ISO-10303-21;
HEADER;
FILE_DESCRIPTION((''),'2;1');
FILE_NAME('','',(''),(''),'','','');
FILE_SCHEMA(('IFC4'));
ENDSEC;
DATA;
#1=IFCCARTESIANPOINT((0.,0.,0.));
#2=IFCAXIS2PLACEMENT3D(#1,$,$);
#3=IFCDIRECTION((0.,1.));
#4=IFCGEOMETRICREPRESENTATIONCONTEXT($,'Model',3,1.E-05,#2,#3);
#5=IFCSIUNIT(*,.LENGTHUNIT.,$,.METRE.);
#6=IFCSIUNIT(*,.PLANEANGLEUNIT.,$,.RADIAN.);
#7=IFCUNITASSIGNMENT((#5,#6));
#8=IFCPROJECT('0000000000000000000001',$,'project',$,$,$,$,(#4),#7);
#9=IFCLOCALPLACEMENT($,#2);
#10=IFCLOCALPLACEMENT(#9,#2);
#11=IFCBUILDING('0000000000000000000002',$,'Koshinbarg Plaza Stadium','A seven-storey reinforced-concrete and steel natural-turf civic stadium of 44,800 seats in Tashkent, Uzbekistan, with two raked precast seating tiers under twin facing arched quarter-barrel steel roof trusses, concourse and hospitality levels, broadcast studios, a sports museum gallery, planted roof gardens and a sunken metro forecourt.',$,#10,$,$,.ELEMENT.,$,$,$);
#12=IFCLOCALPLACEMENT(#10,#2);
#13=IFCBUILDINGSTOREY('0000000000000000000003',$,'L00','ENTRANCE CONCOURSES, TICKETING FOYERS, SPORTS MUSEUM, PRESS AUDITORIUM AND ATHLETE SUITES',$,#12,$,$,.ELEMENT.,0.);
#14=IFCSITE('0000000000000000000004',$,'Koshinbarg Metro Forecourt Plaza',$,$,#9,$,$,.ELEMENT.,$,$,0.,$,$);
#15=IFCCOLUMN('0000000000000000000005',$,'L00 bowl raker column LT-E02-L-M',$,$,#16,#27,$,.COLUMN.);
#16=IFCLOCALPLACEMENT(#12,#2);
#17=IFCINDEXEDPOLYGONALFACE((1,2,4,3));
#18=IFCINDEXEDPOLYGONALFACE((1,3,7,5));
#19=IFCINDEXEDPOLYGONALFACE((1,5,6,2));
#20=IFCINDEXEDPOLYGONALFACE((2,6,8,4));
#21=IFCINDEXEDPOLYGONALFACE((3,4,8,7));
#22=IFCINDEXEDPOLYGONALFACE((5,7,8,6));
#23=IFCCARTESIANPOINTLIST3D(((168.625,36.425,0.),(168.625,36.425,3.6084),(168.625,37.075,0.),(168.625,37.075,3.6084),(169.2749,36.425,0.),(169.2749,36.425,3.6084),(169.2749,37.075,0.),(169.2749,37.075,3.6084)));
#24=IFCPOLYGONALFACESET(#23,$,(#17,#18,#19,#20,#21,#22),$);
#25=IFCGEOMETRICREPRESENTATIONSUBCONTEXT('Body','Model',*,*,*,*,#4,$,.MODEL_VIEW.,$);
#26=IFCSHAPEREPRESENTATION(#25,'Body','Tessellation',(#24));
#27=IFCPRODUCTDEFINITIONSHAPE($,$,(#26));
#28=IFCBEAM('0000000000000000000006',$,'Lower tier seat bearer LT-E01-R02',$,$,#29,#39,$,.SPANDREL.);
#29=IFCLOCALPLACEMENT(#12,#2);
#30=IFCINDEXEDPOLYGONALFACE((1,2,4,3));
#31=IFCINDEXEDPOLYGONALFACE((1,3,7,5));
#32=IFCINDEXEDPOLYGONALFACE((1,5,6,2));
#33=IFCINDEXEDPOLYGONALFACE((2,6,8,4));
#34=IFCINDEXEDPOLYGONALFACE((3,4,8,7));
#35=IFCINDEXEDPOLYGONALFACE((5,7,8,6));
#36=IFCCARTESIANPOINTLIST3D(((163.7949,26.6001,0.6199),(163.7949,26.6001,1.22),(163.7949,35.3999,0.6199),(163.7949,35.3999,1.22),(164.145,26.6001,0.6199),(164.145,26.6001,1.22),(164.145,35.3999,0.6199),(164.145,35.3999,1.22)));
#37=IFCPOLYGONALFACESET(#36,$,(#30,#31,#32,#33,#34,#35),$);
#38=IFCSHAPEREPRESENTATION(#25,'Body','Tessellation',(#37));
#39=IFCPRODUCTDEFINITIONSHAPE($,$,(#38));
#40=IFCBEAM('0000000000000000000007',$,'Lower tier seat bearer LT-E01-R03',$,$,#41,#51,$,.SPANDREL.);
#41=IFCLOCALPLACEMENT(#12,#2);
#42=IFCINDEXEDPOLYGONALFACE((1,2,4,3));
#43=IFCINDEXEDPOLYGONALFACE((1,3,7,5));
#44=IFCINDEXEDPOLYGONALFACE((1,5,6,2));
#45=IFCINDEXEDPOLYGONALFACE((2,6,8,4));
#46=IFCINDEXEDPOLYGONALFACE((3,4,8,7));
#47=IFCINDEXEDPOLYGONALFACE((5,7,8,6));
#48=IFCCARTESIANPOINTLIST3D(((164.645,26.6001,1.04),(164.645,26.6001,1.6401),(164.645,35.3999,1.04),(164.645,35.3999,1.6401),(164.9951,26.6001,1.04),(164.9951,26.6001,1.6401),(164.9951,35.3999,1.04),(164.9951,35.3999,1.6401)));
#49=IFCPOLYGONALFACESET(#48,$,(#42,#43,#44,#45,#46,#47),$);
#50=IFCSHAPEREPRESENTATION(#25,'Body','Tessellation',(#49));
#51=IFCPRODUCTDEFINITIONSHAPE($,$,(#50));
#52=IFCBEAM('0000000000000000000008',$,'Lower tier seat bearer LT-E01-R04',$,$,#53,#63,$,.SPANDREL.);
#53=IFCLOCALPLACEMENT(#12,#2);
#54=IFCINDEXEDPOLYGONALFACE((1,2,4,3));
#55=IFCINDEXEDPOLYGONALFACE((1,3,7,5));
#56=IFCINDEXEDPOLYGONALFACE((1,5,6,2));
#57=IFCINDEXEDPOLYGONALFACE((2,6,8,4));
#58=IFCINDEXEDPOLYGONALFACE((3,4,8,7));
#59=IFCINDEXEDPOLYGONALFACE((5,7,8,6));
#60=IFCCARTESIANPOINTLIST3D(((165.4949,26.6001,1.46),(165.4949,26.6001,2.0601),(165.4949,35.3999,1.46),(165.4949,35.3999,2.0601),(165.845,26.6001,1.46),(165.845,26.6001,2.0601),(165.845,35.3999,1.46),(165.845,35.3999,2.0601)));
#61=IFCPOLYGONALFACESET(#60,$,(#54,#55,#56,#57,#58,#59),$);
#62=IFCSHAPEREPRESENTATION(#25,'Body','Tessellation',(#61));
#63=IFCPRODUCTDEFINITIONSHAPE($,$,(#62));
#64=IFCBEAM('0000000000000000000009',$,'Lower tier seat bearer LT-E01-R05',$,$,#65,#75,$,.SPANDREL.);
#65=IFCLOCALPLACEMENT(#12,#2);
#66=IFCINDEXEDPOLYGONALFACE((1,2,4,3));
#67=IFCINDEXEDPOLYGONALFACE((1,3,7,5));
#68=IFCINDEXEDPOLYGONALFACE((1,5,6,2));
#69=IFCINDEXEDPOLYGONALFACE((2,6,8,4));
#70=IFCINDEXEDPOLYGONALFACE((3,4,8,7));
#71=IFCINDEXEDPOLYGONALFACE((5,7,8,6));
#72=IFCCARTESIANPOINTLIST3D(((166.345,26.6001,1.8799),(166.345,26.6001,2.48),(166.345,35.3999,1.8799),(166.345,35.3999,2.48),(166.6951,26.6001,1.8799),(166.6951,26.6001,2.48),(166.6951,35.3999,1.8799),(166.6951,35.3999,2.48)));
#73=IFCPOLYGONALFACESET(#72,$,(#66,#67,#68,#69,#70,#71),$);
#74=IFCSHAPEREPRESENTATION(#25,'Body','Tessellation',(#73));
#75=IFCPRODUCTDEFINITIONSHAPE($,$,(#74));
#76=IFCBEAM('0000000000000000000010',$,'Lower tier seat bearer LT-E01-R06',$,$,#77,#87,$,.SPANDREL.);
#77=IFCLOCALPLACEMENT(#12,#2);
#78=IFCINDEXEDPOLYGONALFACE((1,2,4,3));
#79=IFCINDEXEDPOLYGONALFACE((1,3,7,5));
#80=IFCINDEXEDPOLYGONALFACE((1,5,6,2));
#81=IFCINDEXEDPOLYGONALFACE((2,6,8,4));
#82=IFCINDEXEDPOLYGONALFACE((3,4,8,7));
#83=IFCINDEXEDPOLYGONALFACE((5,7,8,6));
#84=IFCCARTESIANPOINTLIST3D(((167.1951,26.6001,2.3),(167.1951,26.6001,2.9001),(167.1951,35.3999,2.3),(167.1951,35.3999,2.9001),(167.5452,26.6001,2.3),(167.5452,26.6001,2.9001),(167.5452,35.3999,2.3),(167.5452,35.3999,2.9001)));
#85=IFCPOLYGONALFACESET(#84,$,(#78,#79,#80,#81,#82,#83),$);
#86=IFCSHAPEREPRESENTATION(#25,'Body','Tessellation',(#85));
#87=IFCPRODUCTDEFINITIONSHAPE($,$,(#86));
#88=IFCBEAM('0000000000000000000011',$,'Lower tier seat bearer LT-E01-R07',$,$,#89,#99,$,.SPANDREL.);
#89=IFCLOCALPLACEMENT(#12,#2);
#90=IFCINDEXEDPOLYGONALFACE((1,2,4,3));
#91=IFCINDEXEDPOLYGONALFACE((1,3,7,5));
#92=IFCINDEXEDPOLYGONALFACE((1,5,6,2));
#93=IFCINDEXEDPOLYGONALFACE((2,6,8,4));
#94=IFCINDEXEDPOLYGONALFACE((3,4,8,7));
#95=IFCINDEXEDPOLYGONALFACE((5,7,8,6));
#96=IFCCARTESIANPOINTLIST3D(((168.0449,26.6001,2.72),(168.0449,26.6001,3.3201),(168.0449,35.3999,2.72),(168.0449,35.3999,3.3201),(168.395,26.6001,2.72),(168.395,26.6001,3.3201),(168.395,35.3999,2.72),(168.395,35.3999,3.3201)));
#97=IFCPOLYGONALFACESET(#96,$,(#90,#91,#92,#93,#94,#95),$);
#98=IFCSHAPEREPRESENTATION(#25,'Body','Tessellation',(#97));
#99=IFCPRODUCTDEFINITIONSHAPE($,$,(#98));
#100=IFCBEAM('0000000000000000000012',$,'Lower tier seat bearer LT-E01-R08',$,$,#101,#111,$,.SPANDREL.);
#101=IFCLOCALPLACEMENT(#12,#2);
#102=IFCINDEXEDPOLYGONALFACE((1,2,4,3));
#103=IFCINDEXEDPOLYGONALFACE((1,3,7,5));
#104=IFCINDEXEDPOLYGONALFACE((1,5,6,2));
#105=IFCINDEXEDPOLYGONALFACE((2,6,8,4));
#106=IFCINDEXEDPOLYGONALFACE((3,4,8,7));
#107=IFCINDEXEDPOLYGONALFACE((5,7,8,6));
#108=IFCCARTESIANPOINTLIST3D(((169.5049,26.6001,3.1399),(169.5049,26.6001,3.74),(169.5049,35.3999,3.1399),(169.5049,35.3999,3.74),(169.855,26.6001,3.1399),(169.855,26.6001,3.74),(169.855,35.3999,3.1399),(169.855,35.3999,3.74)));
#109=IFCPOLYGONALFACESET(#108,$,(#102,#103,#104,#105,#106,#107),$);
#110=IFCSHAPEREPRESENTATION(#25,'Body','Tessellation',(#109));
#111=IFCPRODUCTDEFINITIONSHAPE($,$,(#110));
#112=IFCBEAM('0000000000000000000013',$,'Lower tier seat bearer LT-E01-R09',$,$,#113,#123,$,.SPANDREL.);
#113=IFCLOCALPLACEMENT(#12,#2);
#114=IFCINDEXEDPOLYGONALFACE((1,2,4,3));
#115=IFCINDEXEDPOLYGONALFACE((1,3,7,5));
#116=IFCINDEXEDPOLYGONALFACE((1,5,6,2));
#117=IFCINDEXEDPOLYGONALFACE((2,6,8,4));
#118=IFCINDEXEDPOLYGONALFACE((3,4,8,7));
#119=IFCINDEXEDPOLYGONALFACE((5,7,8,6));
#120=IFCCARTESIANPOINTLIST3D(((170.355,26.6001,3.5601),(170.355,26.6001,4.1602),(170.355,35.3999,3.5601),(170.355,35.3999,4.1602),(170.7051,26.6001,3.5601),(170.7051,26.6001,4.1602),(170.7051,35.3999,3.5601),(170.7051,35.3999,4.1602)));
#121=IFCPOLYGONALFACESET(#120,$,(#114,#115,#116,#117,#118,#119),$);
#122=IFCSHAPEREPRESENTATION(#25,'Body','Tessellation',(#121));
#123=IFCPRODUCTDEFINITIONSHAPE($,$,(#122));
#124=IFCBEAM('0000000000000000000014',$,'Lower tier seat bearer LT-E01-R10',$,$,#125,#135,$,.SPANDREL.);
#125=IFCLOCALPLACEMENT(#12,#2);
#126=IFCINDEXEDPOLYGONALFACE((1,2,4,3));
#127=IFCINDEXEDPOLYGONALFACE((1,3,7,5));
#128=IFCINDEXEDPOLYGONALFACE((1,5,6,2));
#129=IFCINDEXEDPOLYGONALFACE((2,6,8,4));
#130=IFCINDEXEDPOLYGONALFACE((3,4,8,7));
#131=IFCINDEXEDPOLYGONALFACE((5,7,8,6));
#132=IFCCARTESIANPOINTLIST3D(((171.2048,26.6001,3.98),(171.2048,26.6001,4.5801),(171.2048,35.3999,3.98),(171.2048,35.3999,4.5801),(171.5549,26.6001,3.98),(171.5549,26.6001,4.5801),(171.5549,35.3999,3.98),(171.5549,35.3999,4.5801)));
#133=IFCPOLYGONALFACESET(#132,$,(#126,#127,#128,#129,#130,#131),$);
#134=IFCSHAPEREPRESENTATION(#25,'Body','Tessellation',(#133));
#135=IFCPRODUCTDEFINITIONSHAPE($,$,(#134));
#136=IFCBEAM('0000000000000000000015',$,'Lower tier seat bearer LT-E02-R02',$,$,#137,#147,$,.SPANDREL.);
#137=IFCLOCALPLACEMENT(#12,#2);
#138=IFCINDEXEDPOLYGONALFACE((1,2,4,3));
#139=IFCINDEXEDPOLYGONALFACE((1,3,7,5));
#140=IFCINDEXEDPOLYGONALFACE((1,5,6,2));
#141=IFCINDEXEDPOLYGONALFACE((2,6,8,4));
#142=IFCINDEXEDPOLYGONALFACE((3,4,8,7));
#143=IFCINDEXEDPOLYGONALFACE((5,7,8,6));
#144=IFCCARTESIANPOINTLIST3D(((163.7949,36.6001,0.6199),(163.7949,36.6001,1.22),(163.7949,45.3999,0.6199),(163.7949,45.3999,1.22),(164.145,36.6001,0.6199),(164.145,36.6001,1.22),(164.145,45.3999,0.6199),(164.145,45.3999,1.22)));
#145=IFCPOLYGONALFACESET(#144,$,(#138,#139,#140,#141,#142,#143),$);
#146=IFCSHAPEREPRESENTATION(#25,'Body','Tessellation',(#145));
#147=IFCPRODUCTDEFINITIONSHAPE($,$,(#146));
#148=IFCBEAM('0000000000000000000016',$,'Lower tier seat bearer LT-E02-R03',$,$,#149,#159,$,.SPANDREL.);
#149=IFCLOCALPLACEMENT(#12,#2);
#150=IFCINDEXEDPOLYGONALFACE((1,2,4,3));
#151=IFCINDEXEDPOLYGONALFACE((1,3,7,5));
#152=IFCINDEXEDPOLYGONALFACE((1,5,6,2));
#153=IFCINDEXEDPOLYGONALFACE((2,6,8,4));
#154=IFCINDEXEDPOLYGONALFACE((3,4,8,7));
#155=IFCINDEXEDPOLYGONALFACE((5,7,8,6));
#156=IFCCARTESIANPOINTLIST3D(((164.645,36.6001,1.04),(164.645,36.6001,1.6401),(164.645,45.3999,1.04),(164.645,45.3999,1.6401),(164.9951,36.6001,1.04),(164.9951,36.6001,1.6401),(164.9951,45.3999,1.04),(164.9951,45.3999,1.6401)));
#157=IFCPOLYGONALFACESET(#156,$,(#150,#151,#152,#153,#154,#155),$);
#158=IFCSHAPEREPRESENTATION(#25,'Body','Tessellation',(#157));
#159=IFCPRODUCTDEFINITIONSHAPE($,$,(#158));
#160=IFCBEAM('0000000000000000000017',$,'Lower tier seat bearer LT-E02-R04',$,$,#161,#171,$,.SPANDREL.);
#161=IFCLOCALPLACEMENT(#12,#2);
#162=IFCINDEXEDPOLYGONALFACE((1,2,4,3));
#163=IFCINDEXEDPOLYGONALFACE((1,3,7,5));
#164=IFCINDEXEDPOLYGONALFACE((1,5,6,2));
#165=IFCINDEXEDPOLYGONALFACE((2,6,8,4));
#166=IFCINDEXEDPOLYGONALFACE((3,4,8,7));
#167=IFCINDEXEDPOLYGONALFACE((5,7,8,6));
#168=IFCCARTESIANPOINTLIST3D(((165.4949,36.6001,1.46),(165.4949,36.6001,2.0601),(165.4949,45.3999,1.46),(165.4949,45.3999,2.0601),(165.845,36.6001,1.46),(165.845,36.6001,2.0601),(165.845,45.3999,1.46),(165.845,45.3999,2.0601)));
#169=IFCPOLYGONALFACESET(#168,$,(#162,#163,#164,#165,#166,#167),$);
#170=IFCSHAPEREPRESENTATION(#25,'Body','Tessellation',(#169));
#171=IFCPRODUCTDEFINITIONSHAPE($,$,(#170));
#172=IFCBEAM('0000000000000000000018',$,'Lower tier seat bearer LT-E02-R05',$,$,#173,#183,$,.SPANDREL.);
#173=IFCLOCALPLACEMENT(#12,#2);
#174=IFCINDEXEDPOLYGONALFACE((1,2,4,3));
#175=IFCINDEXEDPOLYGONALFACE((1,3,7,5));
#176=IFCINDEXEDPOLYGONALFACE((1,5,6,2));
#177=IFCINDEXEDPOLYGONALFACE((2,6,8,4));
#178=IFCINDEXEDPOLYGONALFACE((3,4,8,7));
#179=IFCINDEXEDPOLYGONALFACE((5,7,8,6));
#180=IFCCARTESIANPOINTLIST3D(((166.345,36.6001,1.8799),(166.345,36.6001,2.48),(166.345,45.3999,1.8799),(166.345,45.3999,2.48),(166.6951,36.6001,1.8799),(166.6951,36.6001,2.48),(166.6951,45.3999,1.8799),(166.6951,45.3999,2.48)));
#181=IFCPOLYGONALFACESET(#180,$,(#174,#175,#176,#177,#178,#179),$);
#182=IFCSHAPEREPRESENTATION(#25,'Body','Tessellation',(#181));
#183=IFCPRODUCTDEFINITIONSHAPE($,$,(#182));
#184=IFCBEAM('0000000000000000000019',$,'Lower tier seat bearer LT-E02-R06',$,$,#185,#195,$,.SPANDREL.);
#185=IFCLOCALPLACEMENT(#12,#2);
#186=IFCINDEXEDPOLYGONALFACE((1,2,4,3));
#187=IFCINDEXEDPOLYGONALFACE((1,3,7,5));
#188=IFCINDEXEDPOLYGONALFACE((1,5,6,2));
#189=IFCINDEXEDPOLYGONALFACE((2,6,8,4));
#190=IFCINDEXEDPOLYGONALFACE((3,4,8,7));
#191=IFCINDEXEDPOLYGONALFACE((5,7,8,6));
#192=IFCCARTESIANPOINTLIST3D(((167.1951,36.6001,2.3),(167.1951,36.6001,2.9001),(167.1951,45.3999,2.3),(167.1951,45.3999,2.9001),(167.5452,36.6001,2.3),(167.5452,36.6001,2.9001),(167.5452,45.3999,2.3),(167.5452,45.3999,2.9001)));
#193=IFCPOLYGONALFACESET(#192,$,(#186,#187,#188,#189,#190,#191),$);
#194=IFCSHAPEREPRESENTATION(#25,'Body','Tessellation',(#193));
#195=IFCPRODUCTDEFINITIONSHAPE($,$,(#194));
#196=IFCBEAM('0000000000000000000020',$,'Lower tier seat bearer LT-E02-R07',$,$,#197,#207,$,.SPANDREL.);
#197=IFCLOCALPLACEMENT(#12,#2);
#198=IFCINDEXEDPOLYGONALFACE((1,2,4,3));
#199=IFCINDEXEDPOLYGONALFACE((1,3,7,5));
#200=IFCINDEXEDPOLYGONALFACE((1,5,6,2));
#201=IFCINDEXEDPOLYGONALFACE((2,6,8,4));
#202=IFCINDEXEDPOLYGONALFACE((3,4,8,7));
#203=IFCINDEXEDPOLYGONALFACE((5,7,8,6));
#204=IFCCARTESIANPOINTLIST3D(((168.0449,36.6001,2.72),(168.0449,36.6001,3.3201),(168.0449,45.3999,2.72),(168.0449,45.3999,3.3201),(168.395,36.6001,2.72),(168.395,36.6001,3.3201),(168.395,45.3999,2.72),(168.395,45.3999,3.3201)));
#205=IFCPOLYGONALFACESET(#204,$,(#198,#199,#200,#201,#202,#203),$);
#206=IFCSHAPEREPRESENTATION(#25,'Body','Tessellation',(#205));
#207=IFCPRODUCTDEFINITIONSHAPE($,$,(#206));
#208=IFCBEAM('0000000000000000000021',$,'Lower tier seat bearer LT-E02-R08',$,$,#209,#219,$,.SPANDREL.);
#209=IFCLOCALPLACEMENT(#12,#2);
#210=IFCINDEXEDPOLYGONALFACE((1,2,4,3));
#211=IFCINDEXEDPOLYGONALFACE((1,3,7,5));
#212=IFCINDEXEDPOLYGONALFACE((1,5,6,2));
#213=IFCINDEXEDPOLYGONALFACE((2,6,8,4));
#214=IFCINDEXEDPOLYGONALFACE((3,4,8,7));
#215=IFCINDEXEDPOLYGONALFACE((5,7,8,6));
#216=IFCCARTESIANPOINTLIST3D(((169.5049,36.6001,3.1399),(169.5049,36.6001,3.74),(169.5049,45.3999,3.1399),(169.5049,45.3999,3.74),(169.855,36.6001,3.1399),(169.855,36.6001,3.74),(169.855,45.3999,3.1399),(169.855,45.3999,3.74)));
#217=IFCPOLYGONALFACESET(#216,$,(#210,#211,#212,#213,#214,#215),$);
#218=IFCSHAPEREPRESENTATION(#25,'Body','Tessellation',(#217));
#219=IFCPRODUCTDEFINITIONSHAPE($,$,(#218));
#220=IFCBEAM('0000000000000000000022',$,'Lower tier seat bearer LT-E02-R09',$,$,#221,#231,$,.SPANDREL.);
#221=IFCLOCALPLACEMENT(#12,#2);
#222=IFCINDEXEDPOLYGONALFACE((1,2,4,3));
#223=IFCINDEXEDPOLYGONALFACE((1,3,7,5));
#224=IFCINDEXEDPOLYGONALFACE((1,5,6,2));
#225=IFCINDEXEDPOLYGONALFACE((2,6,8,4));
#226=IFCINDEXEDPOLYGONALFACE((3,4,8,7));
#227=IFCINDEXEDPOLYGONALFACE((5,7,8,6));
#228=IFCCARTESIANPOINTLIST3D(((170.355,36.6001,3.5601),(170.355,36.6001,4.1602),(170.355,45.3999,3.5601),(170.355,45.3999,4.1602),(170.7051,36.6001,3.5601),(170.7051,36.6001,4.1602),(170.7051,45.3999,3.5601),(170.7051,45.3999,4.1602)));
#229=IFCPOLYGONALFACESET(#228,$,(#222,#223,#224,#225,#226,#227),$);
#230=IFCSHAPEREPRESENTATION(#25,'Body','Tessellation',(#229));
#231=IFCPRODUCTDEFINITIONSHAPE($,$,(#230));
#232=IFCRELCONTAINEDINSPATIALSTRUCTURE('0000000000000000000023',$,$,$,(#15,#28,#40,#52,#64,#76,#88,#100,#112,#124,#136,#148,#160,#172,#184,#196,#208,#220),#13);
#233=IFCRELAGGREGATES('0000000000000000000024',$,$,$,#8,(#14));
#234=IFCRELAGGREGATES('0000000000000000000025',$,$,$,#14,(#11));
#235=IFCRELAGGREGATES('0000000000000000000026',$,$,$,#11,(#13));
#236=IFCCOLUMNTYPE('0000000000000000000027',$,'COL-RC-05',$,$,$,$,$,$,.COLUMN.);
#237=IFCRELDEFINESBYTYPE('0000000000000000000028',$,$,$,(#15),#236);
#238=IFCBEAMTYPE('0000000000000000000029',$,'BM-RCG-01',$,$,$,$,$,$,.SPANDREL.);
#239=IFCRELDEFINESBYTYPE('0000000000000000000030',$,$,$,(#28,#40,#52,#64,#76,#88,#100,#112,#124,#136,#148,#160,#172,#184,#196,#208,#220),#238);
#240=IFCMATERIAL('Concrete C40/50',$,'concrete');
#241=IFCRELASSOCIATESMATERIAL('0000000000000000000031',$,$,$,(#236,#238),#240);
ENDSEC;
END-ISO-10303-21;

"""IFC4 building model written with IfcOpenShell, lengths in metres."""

from ifc_helpers import new_model, si_unit, direction, frame, origin, origin_2d, place, context, subcontext, project, spatial, rectangle, extrude, material, material_profile, profile_set, type_object, element, save


model = new_model("IFC4")

# Units and contexts
model_context = context("Model", 3, precision=1e-05, world=origin(), true_north=direction((0.0, 1.0)))
body_context = subcontext(model_context, "Body", "Model", "MODEL_VIEW")
ifc_project = project(units=[si_unit("LENGTHUNIT", "METRE"), si_unit("PLANEANGLEUNIT", "RADIAN")], contexts=[model_context])

# Site, building, storey
site_placement = place(None, origin())
site = spatial("IfcSite", under=ifc_project, at=site_placement, Name="Koshinbarg Metro Forecourt Plaza", CompositionType="ELEMENT", RefElevation=0.0)
building_placement = place(site_placement, origin())
building = spatial("IfcBuilding", under=site, at=building_placement, Name="Koshinbarg Plaza Stadium", Description="A seven-storey reinforced-concrete and steel natural-turf civic stadium of 44,800 seats in Tashkent, Uzbekistan, with two raked precast seating tiers under twin facing arched quarter-barrel steel roof trusses, concourse and hospitality levels, broadcast studios, a sports museum gallery, planted roof gardens and a sunken metro forecourt.", CompositionType="ELEMENT")
storey_placement = place(building_placement, origin())
storey = spatial("IfcBuildingStorey", under=building, at=storey_placement, Name="L00", Description="ENTRANCE CONCOURSES, TICKETING FOYERS, SPORTS MUSEUM, PRESS AUDITORIUM AND ATHLETE SUITES", CompositionType="ELEMENT", Elevation=0.0)

# Column
ifc_material_1 = material(Name="Concrete C40/50", Category="concrete")
ifc_material_profile_1 = material_profile(ifc_material_1, rectangle(XDim=0.6499, YDim=0.6499, at=origin_2d()), Name="RC 650x650")
ifc_profile_set_1 = profile_set([ifc_material_profile_1], Name="Concrete C40/50")
column_type = type_object("IfcColumnType", Name="COL-RC-05", PredefinedType="COLUMN", material=ifc_profile_set_1)
for number, where, z_axis, x_axis, name in (
    (1, (168.95, 36.75, 0.0), (0.0, 0.0, 1.0), (1.0, 0.0, 0.0), "L00 bowl raker column LT-E02-L-M"),
):
    element("IfcColumn", number, at=place(storey_placement, frame(where, z_axis=z_axis, x_axis=x_axis)), inside=storey, type_object=column_type, Name=name, PredefinedType="COLUMN", context=body_context, shape_type="SweptSolid", body=[
        extrude(rectangle(XDim=0.6499, YDim=0.6499, at=origin_2d()), origin(), (0.0, 0.0, 1.0), 3.6084),
    ])

# Beams
ifc_material_profile_2 = material_profile(ifc_material_1, rectangle(XDim=0.3501, YDim=0.6001, at=origin_2d()), Name="RC 350x600")
ifc_profile_set_2 = profile_set([ifc_material_profile_2], Name="Concrete C40/50")
beam_type = type_object("IfcBeamType", Name="BM-RCG-01", PredefinedType="SPANDREL", material=ifc_profile_set_2)
for number, where, z_axis, x_axis, name in (
    (2, (163.97, 26.6001, 0.9199), (0.0, 1.0, 0.0), (-1.0, 0.0, 0.0), "Lower tier seat bearer LT-E01-R02"),
    (3, (164.8201, 26.6001, 1.3401), (0.0, 1.0, 0.0), (-1.0, 0.0, 0.0), "Lower tier seat bearer LT-E01-R03"),
    (4, (165.6699, 26.6001, 1.76), (0.0, 1.0, 0.0), (-1.0, 0.0, 0.0), "Lower tier seat bearer LT-E01-R04"),
    (5, (166.52, 26.6001, 2.1799), (0.0, 1.0, 0.0), (-1.0, 0.0, 0.0), "Lower tier seat bearer LT-E01-R05"),
    (6, (167.3701, 26.6001, 2.6001), (0.0, 1.0, 0.0), (-1.0, 0.0, 0.0), "Lower tier seat bearer LT-E01-R06"),
    (7, (168.22, 26.6001, 3.02), (0.0, 1.0, 0.0), (-1.0, 0.0, 0.0), "Lower tier seat bearer LT-E01-R07"),
    (8, (169.6799, 26.6001, 3.4399), (0.0, 1.0, 0.0), (-1.0, 0.0, 0.0), "Lower tier seat bearer LT-E01-R08"),
    (9, (170.53, 26.6001, 3.8601), (0.0, 1.0, 0.0), (-1.0, 0.0, 0.0), "Lower tier seat bearer LT-E01-R09"),
    (10, (171.3799, 26.6001, 4.28), (0.0, 1.0, 0.0), (-1.0, 0.0, 0.0), "Lower tier seat bearer LT-E01-R10"),
    (11, (163.97, 36.6001, 0.9199), (0.0, 1.0, 0.0), (-1.0, 0.0, 0.0), "Lower tier seat bearer LT-E02-R02"),
    (12, (164.8201, 36.6001, 1.3401), (0.0, 1.0, 0.0), (-1.0, 0.0, 0.0), "Lower tier seat bearer LT-E02-R03"),
    (13, (165.6699, 36.6001, 1.76), (0.0, 1.0, 0.0), (-1.0, 0.0, 0.0), "Lower tier seat bearer LT-E02-R04"),
    (14, (166.52, 36.6001, 2.1799), (0.0, 1.0, 0.0), (-1.0, 0.0, 0.0), "Lower tier seat bearer LT-E02-R05"),
    (15, (167.3701, 36.6001, 2.6001), (0.0, 1.0, 0.0), (-1.0, 0.0, 0.0), "Lower tier seat bearer LT-E02-R06"),
    (16, (168.22, 36.6001, 3.02), (0.0, 1.0, 0.0), (-1.0, 0.0, 0.0), "Lower tier seat bearer LT-E02-R07"),
    (17, (169.6799, 36.6001, 3.4399), (0.0, 1.0, 0.0), (-1.0, 0.0, 0.0), "Lower tier seat bearer LT-E02-R08"),
    (18, (170.53, 36.6001, 3.8601), (0.0, 1.0, 0.0), (-1.0, 0.0, 0.0), "Lower tier seat bearer LT-E02-R09"),
):
    element("IfcBeam", number, at=place(storey_placement, frame(where, z_axis=z_axis, x_axis=x_axis)), inside=storey, type_object=beam_type, Name=name, PredefinedType="SPANDREL", context=body_context, shape_type="SweptSolid", body=[
        extrude(rectangle(XDim=0.3501, YDim=0.6001, at=origin_2d()), origin(), (0.0, 0.0, 1.0), 8.7998),
    ])

save(model, "model.ifc")
